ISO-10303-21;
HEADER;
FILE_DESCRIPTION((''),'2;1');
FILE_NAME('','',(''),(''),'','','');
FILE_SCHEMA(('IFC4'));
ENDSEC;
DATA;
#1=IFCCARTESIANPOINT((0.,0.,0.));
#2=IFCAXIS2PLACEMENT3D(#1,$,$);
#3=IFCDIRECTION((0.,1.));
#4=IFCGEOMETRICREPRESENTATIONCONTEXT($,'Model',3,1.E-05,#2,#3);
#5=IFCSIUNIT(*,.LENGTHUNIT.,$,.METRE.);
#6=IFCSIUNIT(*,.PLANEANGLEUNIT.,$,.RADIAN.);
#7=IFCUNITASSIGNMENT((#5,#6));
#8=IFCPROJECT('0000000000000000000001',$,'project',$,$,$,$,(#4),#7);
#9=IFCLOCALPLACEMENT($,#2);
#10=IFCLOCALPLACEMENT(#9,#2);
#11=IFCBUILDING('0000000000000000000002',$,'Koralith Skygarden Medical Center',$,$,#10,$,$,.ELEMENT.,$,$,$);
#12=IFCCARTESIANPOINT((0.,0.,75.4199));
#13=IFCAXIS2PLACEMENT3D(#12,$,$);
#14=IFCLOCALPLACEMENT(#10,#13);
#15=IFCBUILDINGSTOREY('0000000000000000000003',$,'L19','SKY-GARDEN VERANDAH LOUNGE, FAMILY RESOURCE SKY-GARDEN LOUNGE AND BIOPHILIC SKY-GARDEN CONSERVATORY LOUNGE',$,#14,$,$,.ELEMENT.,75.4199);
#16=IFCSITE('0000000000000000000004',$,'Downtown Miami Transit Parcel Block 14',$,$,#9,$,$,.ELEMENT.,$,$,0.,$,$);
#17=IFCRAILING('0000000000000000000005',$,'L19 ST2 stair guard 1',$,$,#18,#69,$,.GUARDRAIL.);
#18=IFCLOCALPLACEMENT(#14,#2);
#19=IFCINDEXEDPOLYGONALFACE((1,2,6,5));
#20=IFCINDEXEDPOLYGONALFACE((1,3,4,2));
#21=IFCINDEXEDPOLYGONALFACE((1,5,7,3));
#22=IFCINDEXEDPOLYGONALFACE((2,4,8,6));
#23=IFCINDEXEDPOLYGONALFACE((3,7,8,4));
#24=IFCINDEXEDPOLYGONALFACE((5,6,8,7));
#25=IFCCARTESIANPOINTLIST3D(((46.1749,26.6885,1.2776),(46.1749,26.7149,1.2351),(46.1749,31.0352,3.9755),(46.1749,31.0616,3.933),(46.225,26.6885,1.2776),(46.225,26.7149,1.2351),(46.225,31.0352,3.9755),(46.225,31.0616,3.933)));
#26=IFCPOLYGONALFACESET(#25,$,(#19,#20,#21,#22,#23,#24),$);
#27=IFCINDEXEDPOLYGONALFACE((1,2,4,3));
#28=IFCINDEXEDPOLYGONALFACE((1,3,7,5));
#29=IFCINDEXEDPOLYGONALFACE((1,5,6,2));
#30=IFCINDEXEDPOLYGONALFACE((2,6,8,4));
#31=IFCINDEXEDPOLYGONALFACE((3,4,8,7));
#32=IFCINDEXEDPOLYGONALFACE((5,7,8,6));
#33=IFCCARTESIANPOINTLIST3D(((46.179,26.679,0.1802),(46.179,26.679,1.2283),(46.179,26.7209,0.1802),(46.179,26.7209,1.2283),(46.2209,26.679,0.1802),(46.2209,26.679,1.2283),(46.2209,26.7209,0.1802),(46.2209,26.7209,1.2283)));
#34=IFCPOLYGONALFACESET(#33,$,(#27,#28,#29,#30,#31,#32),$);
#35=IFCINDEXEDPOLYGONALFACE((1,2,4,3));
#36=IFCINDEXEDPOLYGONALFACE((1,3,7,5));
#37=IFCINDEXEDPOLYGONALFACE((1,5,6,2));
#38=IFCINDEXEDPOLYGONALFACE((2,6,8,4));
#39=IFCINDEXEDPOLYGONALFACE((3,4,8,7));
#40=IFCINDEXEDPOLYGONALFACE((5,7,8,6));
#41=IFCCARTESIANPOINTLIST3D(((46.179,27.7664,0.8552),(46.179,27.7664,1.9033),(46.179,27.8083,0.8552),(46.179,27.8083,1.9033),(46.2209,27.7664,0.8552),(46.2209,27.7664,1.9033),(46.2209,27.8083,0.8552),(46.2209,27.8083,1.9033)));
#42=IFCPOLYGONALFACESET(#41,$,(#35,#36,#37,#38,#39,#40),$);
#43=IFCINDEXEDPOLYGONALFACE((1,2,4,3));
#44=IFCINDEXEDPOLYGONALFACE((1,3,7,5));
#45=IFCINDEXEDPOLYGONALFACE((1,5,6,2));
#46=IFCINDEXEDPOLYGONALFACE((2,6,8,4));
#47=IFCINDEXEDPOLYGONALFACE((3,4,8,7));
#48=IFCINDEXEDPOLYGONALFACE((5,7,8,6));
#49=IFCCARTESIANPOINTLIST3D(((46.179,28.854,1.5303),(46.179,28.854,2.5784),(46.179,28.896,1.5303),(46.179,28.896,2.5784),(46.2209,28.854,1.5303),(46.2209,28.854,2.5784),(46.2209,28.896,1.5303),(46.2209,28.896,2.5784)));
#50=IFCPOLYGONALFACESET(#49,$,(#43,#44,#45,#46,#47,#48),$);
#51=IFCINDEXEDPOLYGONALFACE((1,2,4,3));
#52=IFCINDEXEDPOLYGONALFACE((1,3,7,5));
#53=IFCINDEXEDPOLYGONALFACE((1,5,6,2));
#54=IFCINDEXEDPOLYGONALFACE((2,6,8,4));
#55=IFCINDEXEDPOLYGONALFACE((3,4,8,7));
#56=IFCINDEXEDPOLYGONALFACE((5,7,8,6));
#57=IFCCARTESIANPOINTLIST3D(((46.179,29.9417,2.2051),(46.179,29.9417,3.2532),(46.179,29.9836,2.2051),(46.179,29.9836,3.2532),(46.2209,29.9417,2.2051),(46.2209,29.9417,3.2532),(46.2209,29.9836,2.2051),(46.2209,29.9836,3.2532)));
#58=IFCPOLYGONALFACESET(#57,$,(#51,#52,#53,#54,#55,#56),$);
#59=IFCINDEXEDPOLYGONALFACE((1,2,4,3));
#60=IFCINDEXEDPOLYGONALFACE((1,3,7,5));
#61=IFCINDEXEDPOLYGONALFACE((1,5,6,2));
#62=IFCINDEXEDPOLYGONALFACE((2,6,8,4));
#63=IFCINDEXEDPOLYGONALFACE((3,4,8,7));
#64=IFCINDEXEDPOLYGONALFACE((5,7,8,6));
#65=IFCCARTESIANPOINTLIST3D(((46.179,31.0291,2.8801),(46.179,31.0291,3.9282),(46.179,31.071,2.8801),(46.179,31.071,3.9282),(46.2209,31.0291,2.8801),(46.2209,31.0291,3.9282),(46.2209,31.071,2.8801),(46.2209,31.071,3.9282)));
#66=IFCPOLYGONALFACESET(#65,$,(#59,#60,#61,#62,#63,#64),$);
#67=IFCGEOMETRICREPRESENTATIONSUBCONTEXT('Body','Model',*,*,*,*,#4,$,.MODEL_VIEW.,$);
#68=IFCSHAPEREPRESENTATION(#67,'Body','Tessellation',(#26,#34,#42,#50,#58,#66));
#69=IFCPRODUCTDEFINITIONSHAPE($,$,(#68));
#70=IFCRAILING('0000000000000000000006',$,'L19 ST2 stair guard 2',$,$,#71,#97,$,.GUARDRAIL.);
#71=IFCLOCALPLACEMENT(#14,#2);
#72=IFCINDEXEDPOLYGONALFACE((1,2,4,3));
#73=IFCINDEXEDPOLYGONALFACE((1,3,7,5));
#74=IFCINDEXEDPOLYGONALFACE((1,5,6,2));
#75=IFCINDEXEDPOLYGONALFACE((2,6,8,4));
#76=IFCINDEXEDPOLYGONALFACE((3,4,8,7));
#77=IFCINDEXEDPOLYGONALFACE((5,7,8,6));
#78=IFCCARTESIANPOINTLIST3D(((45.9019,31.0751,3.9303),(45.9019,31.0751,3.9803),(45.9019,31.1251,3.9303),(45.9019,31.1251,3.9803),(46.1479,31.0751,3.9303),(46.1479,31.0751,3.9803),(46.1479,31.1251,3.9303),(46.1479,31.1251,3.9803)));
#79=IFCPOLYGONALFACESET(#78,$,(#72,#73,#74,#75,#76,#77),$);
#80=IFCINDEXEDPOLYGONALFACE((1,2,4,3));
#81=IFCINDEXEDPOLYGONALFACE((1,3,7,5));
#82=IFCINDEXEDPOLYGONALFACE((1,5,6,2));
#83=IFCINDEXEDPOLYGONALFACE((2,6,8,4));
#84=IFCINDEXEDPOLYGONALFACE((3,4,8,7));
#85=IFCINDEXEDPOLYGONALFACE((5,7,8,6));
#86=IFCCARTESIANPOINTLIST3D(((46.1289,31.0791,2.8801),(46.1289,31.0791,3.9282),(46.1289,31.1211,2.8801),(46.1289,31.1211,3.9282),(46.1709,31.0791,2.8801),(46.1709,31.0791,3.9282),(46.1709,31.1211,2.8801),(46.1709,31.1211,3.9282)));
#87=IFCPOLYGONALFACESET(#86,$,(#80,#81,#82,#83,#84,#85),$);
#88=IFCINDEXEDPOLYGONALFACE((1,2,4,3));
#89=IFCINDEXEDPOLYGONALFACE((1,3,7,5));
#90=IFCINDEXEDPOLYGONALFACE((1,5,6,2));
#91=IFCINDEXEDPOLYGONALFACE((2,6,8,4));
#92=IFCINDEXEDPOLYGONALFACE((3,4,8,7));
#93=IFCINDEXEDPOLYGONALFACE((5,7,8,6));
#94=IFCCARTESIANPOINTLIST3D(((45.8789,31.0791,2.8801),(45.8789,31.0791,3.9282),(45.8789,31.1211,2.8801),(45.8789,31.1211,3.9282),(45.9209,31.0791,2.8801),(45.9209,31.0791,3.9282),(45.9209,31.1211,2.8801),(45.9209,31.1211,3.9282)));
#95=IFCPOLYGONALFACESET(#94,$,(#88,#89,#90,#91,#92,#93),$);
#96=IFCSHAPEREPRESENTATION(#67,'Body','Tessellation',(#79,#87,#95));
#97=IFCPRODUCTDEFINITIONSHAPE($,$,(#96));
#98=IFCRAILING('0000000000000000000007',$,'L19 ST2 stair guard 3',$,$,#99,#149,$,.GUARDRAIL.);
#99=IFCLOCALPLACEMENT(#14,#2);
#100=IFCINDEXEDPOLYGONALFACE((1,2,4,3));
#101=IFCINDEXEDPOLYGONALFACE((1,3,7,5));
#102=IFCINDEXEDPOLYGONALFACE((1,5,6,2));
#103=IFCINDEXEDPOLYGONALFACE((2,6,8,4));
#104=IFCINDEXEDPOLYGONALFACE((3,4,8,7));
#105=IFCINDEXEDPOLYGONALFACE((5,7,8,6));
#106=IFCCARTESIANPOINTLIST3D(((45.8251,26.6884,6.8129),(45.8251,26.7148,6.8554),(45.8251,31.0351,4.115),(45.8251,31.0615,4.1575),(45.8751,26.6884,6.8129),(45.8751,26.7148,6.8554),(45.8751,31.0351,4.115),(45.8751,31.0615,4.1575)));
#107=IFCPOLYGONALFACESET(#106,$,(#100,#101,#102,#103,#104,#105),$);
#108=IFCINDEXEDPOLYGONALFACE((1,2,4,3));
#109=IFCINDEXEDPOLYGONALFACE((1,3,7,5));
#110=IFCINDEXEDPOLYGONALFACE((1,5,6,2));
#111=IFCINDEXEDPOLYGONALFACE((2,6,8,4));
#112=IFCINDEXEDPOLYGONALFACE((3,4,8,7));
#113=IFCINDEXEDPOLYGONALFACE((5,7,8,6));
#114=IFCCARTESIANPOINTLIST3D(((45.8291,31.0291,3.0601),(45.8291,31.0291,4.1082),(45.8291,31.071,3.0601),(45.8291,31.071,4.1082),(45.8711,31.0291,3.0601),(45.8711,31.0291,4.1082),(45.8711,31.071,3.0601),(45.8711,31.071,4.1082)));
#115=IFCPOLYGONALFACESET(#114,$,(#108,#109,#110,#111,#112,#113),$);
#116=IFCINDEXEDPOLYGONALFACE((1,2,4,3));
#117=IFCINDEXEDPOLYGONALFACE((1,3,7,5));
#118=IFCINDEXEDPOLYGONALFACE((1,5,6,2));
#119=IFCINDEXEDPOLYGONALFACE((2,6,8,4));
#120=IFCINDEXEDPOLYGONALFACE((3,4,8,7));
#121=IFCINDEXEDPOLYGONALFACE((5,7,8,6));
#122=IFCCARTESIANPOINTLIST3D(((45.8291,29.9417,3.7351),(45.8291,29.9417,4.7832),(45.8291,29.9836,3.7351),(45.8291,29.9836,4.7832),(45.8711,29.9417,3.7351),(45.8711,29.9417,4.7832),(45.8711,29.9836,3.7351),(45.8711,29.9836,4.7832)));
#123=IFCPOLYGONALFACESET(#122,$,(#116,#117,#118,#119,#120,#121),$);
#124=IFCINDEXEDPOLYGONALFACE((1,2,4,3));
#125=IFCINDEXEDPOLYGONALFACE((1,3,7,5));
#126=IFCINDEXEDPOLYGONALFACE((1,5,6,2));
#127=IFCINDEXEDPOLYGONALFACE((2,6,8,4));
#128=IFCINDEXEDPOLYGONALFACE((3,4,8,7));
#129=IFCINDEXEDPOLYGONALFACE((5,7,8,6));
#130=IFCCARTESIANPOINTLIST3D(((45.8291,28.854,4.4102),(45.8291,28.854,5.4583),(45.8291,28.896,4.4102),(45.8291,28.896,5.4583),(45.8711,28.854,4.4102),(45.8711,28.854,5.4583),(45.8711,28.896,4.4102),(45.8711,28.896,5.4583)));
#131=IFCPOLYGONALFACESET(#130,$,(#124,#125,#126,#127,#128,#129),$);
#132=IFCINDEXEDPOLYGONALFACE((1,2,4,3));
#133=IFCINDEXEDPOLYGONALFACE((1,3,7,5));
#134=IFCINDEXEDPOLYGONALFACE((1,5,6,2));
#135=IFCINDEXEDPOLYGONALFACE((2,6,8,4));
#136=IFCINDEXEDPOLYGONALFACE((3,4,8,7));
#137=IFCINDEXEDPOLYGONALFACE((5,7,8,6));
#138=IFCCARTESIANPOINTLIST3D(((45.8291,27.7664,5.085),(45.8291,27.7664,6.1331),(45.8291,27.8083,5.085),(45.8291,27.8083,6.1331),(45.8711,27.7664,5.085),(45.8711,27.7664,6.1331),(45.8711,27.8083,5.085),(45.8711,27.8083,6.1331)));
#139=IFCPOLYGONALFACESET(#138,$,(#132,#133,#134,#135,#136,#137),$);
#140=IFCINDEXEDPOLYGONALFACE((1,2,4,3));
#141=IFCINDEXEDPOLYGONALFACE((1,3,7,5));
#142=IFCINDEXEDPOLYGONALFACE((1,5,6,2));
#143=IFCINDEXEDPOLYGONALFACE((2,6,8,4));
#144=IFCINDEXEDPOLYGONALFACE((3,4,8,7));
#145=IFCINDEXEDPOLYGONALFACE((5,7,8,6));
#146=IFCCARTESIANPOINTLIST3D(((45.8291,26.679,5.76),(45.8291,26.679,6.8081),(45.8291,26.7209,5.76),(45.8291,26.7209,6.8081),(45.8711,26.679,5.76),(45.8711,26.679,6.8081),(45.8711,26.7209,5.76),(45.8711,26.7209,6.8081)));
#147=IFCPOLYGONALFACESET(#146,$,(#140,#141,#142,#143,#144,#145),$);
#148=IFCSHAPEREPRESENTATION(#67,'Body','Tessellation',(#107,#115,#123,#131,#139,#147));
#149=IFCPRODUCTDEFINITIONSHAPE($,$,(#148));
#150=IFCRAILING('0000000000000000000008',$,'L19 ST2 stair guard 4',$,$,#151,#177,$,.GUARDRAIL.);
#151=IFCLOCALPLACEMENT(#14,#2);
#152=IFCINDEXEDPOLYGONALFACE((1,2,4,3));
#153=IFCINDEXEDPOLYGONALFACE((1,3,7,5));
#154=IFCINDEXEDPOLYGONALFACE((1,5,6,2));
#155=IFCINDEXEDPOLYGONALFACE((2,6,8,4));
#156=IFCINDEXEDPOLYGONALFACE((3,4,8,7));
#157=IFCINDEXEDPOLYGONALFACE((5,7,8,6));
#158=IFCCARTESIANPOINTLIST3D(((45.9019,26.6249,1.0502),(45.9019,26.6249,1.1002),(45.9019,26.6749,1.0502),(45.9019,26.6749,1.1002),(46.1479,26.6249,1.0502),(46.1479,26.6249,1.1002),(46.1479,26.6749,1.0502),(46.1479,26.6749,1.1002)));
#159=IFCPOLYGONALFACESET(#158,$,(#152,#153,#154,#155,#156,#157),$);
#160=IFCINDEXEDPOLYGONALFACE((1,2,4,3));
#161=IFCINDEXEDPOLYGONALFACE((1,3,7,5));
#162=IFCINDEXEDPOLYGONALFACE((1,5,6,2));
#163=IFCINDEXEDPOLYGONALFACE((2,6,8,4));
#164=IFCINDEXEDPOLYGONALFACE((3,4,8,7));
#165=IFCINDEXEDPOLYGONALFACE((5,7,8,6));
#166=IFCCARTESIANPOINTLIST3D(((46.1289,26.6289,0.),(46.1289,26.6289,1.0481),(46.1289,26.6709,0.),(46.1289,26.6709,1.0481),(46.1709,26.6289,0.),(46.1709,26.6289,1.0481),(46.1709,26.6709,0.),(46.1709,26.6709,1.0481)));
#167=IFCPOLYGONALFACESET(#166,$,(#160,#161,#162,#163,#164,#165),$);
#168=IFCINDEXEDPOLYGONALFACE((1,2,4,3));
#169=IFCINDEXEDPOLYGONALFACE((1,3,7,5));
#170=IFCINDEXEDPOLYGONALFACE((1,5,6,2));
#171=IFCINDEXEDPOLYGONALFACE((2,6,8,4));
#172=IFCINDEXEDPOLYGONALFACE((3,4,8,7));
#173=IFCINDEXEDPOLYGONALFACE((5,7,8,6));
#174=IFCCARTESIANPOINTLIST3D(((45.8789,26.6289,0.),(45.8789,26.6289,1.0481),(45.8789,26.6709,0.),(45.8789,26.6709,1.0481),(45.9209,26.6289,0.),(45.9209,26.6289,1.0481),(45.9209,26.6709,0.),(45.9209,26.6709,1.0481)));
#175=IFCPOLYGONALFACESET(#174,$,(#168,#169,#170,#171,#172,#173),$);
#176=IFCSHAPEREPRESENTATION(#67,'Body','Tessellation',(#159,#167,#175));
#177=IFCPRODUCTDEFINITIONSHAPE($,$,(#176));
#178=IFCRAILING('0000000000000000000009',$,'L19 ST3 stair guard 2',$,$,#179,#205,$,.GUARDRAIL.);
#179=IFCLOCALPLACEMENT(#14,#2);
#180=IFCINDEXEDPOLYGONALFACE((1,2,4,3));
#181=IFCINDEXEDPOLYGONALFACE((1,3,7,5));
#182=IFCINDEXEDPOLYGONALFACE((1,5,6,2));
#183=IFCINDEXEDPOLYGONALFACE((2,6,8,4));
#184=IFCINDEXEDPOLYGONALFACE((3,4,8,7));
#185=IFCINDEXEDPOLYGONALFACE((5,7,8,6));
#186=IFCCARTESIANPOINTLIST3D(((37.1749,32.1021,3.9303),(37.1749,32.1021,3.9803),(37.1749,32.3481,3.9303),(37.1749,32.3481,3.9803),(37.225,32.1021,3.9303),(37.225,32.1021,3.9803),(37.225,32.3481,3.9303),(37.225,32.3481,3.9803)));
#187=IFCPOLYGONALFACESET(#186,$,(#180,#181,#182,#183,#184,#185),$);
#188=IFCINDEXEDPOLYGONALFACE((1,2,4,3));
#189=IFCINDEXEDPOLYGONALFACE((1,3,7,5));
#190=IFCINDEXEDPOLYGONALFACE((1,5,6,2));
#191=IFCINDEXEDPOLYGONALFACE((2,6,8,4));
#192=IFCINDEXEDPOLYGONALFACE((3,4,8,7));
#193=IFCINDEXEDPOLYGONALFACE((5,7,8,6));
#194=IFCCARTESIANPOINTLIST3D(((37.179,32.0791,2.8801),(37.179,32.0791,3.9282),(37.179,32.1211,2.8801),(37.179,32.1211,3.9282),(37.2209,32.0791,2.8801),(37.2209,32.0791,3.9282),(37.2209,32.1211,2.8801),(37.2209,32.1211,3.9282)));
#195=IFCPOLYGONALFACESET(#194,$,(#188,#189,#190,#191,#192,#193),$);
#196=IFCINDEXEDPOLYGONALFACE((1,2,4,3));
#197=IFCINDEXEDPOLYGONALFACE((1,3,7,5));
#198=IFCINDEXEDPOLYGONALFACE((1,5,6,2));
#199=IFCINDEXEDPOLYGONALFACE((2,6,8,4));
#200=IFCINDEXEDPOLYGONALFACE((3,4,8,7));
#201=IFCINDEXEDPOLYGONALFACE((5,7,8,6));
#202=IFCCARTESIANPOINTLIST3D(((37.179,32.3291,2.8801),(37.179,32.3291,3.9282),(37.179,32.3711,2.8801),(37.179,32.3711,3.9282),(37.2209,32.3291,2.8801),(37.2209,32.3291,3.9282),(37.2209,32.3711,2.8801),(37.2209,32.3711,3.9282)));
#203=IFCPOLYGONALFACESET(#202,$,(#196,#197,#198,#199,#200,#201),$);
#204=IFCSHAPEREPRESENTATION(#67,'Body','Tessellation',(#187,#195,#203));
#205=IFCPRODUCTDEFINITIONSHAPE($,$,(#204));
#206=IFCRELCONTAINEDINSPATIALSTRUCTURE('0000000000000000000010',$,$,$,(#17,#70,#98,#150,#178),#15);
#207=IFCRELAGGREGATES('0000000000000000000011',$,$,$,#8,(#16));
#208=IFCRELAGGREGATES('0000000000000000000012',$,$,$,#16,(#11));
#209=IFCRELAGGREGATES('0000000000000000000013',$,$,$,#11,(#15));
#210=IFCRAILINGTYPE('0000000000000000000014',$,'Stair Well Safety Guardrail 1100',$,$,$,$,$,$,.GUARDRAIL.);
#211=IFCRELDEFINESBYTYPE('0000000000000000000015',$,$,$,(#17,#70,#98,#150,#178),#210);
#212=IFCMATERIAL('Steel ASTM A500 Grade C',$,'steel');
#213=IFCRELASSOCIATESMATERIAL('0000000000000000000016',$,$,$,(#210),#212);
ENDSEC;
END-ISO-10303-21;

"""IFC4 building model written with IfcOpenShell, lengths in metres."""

from ifc_helpers import new_model, si_unit, direction, frame, origin, origin_2d, place, context, subcontext, project, spatial, rectangle, extrude, material, type_object, element, save


model = new_model("IFC4")

# Units and contexts
model_context = context("Model", 3, precision=1e-05, world=origin(), true_north=direction((0.0, 1.0)))
body_context = subcontext(model_context, "Body", "Model", "MODEL_VIEW")
ifc_project = project(units=[si_unit("LENGTHUNIT", "METRE"), si_unit("PLANEANGLEUNIT", "RADIAN")], contexts=[model_context])

# Site, building, storey
site_placement = place(None, origin())
site = spatial("IfcSite", under=ifc_project, at=site_placement, Name="Downtown Miami Transit Parcel Block 14", CompositionType="ELEMENT", RefElevation=0.0)
building_placement = place(site_placement, origin())
building = spatial("IfcBuilding", under=site, at=building_placement, Name="Koralith Skygarden Medical Center", CompositionType="ELEMENT")
storey_placement = place(building_placement, frame((0.0, 0.0, 75.4199)))
storey = spatial("IfcBuildingStorey", under=building, at=storey_placement, Name="L19", Description="SKY-GARDEN VERANDAH LOUNGE, FAMILY RESOURCE SKY-GARDEN LOUNGE AND BIOPHILIC SKY-GARDEN CONSERVATORY LOUNGE", CompositionType="ELEMENT", Elevation=75.4199)

# Railings
ifc_material_1 = material(Name="Steel ASTM A500 Grade C", Category="steel")
railing_type_1 = type_object("IfcRailingType", Name="Stair Well Safety Guardrail 1100", PredefinedType="GUARDRAIL", material=ifc_material_1)
railing_1_placement = place(storey_placement, frame((46.2, 26.7, 0.1802)))
element("IfcRailing", 1, at=railing_1_placement, inside=storey, type_object=railing_type_1, Name="L19 ST2 stair guard 1", PredefinedType="GUARDRAIL", context=body_context, shape_type="SweptSolid", body=[
    extrude(rectangle(XDim=0.05, YDim=0.05, at=origin_2d()), frame((0.0, 0.0017, 1.0762), z_axis=(0.0, 0.84965, 0.527347), x_axis=(-1.0, 0.0, 0.0)), (0.0, 0.0, 1.0), 5.116),
    extrude(rectangle(XDim=0.042, YDim=0.042, at=origin_2d()), origin(), (0.0, 0.0, 1.0), 1.0481),
    extrude(rectangle(XDim=0.042, YDim=0.042, at=origin_2d()), frame((0.0, 1.0874, 0.675)), (0.0, 0.0, 1.0), 1.0481),
    extrude(rectangle(XDim=0.042, YDim=0.042, at=origin_2d()), frame((0.0, 2.175, 1.3501)), (0.0, 0.0, 1.0), 1.0481),
    extrude(rectangle(XDim=0.042, YDim=0.042, at=origin_2d()), frame((0.0, 3.2627, 2.0249)), (0.0, 0.0, 1.0), 1.0481),
    extrude(rectangle(XDim=0.042, YDim=0.042, at=origin_2d()), frame((0.0, 4.3501, 2.7)), (0.0, 0.0, 1.0), 1.0481),
])
railing_2_placement = place(storey_placement, frame((46.1499, 31.1001, 2.8801)))
element("IfcRailing", 2, at=railing_2_placement, inside=storey, type_object=railing_type_1, Name="L19 ST2 stair guard 2", PredefinedType="GUARDRAIL", context=body_context, shape_type="SweptSolid", body=[
    extrude(rectangle(XDim=0.05, YDim=0.05, at=origin_2d()), frame((-0.002, 0.0, 1.0752), z_axis=(-1.0, 0.0, 0.0), x_axis=(0.0, -1.0, 0.0)), (0.0, 0.0, 1.0), 0.2461),
    extrude(rectangle(XDim=0.042, YDim=0.042, at=origin_2d()), origin(), (0.0, 0.0, 1.0), 1.0481),
    extrude(rectangle(XDim=0.042, YDim=0.042, at=origin_2d()), frame((-0.25, 0.0, 0.0)), (0.0, 0.0, 1.0), 1.0481),
])
railing_3_placement = place(storey_placement, frame((45.8501, 31.05, 3.0601)))
element("IfcRailing", 3, at=railing_3_placement, inside=storey, type_object=railing_type_1, Name="L19 ST2 stair guard 3", PredefinedType="GUARDRAIL", context=body_context, shape_type="SweptSolid", body=[
    extrude(rectangle(XDim=0.05, YDim=0.05, at=origin_2d()), frame((0.0, -0.0017, 1.0762), z_axis=(0.0, -0.84965, 0.527347), x_axis=(1.0, 0.0, 0.0)), (0.0, 0.0, 1.0), 5.116),
    extrude(rectangle(XDim=0.042, YDim=0.042, at=origin_2d()), origin(), (0.0, 0.0, 1.0), 1.0481),
    extrude(rectangle(XDim=0.042, YDim=0.042, at=origin_2d()), frame((0.0, -1.0874, 0.675)), (0.0, 0.0, 1.0), 1.0481),
    extrude(rectangle(XDim=0.042, YDim=0.042, at=origin_2d()), frame((0.0, -2.175, 1.3501)), (0.0, 0.0, 1.0), 1.0481),
    extrude(rectangle(XDim=0.042, YDim=0.042, at=origin_2d()), frame((0.0, -3.2627, 2.0249)), (0.0, 0.0, 1.0), 1.0481),
    extrude(rectangle(XDim=0.042, YDim=0.042, at=origin_2d()), frame((0.0, -4.3501, 2.7)), (0.0, 0.0, 1.0), 1.0481),
])
railing_4_placement = place(storey_placement, frame((46.1499, 26.6499, 0.0)))
element("IfcRailing", 4, at=railing_4_placement, inside=storey, type_object=railing_type_1, Name="L19 ST2 stair guard 4", PredefinedType="GUARDRAIL", context=body_context, shape_type="SweptSolid", body=[
    extrude(rectangle(XDim=0.05, YDim=0.05, at=origin_2d()), frame((-0.002, 0.0, 1.0752), z_axis=(-1.0, 0.0, 0.0), x_axis=(0.0, -1.0, 0.0)), (0.0, 0.0, 1.0), 0.2461),
    extrude(rectangle(XDim=0.042, YDim=0.042, at=origin_2d()), origin(), (0.0, 0.0, 1.0), 1.0481),
    extrude(rectangle(XDim=0.042, YDim=0.042, at=origin_2d()), frame((-0.25, 0.0, 0.0)), (0.0, 0.0, 1.0), 1.0481),
])
railing_5_placement = place(storey_placement, frame((37.2, 32.1001, 2.8801)))
element("IfcRailing", 5, at=railing_5_placement, inside=storey, type_object=railing_type_1, Name="L19 ST3 stair guard 2", PredefinedType="GUARDRAIL", context=body_context, shape_type="SweptSolid", body=[
    extrude(rectangle(XDim=0.05, YDim=0.05, at=origin_2d()), frame((0.0, 0.002, 1.0752), z_axis=(0.0, 1.0, 0.0), x_axis=(-1.0, 0.0, 0.0)), (0.0, 0.0, 1.0), 0.2461),
    extrude(rectangle(XDim=0.042, YDim=0.042, at=origin_2d()), origin(), (0.0, 0.0, 1.0), 1.0481),
    extrude(rectangle(XDim=0.042, YDim=0.042, at=origin_2d()), frame((0.0, 0.25, 0.0)), (0.0, 0.0, 1.0), 1.0481),
])

save(model, "model.ifc")
